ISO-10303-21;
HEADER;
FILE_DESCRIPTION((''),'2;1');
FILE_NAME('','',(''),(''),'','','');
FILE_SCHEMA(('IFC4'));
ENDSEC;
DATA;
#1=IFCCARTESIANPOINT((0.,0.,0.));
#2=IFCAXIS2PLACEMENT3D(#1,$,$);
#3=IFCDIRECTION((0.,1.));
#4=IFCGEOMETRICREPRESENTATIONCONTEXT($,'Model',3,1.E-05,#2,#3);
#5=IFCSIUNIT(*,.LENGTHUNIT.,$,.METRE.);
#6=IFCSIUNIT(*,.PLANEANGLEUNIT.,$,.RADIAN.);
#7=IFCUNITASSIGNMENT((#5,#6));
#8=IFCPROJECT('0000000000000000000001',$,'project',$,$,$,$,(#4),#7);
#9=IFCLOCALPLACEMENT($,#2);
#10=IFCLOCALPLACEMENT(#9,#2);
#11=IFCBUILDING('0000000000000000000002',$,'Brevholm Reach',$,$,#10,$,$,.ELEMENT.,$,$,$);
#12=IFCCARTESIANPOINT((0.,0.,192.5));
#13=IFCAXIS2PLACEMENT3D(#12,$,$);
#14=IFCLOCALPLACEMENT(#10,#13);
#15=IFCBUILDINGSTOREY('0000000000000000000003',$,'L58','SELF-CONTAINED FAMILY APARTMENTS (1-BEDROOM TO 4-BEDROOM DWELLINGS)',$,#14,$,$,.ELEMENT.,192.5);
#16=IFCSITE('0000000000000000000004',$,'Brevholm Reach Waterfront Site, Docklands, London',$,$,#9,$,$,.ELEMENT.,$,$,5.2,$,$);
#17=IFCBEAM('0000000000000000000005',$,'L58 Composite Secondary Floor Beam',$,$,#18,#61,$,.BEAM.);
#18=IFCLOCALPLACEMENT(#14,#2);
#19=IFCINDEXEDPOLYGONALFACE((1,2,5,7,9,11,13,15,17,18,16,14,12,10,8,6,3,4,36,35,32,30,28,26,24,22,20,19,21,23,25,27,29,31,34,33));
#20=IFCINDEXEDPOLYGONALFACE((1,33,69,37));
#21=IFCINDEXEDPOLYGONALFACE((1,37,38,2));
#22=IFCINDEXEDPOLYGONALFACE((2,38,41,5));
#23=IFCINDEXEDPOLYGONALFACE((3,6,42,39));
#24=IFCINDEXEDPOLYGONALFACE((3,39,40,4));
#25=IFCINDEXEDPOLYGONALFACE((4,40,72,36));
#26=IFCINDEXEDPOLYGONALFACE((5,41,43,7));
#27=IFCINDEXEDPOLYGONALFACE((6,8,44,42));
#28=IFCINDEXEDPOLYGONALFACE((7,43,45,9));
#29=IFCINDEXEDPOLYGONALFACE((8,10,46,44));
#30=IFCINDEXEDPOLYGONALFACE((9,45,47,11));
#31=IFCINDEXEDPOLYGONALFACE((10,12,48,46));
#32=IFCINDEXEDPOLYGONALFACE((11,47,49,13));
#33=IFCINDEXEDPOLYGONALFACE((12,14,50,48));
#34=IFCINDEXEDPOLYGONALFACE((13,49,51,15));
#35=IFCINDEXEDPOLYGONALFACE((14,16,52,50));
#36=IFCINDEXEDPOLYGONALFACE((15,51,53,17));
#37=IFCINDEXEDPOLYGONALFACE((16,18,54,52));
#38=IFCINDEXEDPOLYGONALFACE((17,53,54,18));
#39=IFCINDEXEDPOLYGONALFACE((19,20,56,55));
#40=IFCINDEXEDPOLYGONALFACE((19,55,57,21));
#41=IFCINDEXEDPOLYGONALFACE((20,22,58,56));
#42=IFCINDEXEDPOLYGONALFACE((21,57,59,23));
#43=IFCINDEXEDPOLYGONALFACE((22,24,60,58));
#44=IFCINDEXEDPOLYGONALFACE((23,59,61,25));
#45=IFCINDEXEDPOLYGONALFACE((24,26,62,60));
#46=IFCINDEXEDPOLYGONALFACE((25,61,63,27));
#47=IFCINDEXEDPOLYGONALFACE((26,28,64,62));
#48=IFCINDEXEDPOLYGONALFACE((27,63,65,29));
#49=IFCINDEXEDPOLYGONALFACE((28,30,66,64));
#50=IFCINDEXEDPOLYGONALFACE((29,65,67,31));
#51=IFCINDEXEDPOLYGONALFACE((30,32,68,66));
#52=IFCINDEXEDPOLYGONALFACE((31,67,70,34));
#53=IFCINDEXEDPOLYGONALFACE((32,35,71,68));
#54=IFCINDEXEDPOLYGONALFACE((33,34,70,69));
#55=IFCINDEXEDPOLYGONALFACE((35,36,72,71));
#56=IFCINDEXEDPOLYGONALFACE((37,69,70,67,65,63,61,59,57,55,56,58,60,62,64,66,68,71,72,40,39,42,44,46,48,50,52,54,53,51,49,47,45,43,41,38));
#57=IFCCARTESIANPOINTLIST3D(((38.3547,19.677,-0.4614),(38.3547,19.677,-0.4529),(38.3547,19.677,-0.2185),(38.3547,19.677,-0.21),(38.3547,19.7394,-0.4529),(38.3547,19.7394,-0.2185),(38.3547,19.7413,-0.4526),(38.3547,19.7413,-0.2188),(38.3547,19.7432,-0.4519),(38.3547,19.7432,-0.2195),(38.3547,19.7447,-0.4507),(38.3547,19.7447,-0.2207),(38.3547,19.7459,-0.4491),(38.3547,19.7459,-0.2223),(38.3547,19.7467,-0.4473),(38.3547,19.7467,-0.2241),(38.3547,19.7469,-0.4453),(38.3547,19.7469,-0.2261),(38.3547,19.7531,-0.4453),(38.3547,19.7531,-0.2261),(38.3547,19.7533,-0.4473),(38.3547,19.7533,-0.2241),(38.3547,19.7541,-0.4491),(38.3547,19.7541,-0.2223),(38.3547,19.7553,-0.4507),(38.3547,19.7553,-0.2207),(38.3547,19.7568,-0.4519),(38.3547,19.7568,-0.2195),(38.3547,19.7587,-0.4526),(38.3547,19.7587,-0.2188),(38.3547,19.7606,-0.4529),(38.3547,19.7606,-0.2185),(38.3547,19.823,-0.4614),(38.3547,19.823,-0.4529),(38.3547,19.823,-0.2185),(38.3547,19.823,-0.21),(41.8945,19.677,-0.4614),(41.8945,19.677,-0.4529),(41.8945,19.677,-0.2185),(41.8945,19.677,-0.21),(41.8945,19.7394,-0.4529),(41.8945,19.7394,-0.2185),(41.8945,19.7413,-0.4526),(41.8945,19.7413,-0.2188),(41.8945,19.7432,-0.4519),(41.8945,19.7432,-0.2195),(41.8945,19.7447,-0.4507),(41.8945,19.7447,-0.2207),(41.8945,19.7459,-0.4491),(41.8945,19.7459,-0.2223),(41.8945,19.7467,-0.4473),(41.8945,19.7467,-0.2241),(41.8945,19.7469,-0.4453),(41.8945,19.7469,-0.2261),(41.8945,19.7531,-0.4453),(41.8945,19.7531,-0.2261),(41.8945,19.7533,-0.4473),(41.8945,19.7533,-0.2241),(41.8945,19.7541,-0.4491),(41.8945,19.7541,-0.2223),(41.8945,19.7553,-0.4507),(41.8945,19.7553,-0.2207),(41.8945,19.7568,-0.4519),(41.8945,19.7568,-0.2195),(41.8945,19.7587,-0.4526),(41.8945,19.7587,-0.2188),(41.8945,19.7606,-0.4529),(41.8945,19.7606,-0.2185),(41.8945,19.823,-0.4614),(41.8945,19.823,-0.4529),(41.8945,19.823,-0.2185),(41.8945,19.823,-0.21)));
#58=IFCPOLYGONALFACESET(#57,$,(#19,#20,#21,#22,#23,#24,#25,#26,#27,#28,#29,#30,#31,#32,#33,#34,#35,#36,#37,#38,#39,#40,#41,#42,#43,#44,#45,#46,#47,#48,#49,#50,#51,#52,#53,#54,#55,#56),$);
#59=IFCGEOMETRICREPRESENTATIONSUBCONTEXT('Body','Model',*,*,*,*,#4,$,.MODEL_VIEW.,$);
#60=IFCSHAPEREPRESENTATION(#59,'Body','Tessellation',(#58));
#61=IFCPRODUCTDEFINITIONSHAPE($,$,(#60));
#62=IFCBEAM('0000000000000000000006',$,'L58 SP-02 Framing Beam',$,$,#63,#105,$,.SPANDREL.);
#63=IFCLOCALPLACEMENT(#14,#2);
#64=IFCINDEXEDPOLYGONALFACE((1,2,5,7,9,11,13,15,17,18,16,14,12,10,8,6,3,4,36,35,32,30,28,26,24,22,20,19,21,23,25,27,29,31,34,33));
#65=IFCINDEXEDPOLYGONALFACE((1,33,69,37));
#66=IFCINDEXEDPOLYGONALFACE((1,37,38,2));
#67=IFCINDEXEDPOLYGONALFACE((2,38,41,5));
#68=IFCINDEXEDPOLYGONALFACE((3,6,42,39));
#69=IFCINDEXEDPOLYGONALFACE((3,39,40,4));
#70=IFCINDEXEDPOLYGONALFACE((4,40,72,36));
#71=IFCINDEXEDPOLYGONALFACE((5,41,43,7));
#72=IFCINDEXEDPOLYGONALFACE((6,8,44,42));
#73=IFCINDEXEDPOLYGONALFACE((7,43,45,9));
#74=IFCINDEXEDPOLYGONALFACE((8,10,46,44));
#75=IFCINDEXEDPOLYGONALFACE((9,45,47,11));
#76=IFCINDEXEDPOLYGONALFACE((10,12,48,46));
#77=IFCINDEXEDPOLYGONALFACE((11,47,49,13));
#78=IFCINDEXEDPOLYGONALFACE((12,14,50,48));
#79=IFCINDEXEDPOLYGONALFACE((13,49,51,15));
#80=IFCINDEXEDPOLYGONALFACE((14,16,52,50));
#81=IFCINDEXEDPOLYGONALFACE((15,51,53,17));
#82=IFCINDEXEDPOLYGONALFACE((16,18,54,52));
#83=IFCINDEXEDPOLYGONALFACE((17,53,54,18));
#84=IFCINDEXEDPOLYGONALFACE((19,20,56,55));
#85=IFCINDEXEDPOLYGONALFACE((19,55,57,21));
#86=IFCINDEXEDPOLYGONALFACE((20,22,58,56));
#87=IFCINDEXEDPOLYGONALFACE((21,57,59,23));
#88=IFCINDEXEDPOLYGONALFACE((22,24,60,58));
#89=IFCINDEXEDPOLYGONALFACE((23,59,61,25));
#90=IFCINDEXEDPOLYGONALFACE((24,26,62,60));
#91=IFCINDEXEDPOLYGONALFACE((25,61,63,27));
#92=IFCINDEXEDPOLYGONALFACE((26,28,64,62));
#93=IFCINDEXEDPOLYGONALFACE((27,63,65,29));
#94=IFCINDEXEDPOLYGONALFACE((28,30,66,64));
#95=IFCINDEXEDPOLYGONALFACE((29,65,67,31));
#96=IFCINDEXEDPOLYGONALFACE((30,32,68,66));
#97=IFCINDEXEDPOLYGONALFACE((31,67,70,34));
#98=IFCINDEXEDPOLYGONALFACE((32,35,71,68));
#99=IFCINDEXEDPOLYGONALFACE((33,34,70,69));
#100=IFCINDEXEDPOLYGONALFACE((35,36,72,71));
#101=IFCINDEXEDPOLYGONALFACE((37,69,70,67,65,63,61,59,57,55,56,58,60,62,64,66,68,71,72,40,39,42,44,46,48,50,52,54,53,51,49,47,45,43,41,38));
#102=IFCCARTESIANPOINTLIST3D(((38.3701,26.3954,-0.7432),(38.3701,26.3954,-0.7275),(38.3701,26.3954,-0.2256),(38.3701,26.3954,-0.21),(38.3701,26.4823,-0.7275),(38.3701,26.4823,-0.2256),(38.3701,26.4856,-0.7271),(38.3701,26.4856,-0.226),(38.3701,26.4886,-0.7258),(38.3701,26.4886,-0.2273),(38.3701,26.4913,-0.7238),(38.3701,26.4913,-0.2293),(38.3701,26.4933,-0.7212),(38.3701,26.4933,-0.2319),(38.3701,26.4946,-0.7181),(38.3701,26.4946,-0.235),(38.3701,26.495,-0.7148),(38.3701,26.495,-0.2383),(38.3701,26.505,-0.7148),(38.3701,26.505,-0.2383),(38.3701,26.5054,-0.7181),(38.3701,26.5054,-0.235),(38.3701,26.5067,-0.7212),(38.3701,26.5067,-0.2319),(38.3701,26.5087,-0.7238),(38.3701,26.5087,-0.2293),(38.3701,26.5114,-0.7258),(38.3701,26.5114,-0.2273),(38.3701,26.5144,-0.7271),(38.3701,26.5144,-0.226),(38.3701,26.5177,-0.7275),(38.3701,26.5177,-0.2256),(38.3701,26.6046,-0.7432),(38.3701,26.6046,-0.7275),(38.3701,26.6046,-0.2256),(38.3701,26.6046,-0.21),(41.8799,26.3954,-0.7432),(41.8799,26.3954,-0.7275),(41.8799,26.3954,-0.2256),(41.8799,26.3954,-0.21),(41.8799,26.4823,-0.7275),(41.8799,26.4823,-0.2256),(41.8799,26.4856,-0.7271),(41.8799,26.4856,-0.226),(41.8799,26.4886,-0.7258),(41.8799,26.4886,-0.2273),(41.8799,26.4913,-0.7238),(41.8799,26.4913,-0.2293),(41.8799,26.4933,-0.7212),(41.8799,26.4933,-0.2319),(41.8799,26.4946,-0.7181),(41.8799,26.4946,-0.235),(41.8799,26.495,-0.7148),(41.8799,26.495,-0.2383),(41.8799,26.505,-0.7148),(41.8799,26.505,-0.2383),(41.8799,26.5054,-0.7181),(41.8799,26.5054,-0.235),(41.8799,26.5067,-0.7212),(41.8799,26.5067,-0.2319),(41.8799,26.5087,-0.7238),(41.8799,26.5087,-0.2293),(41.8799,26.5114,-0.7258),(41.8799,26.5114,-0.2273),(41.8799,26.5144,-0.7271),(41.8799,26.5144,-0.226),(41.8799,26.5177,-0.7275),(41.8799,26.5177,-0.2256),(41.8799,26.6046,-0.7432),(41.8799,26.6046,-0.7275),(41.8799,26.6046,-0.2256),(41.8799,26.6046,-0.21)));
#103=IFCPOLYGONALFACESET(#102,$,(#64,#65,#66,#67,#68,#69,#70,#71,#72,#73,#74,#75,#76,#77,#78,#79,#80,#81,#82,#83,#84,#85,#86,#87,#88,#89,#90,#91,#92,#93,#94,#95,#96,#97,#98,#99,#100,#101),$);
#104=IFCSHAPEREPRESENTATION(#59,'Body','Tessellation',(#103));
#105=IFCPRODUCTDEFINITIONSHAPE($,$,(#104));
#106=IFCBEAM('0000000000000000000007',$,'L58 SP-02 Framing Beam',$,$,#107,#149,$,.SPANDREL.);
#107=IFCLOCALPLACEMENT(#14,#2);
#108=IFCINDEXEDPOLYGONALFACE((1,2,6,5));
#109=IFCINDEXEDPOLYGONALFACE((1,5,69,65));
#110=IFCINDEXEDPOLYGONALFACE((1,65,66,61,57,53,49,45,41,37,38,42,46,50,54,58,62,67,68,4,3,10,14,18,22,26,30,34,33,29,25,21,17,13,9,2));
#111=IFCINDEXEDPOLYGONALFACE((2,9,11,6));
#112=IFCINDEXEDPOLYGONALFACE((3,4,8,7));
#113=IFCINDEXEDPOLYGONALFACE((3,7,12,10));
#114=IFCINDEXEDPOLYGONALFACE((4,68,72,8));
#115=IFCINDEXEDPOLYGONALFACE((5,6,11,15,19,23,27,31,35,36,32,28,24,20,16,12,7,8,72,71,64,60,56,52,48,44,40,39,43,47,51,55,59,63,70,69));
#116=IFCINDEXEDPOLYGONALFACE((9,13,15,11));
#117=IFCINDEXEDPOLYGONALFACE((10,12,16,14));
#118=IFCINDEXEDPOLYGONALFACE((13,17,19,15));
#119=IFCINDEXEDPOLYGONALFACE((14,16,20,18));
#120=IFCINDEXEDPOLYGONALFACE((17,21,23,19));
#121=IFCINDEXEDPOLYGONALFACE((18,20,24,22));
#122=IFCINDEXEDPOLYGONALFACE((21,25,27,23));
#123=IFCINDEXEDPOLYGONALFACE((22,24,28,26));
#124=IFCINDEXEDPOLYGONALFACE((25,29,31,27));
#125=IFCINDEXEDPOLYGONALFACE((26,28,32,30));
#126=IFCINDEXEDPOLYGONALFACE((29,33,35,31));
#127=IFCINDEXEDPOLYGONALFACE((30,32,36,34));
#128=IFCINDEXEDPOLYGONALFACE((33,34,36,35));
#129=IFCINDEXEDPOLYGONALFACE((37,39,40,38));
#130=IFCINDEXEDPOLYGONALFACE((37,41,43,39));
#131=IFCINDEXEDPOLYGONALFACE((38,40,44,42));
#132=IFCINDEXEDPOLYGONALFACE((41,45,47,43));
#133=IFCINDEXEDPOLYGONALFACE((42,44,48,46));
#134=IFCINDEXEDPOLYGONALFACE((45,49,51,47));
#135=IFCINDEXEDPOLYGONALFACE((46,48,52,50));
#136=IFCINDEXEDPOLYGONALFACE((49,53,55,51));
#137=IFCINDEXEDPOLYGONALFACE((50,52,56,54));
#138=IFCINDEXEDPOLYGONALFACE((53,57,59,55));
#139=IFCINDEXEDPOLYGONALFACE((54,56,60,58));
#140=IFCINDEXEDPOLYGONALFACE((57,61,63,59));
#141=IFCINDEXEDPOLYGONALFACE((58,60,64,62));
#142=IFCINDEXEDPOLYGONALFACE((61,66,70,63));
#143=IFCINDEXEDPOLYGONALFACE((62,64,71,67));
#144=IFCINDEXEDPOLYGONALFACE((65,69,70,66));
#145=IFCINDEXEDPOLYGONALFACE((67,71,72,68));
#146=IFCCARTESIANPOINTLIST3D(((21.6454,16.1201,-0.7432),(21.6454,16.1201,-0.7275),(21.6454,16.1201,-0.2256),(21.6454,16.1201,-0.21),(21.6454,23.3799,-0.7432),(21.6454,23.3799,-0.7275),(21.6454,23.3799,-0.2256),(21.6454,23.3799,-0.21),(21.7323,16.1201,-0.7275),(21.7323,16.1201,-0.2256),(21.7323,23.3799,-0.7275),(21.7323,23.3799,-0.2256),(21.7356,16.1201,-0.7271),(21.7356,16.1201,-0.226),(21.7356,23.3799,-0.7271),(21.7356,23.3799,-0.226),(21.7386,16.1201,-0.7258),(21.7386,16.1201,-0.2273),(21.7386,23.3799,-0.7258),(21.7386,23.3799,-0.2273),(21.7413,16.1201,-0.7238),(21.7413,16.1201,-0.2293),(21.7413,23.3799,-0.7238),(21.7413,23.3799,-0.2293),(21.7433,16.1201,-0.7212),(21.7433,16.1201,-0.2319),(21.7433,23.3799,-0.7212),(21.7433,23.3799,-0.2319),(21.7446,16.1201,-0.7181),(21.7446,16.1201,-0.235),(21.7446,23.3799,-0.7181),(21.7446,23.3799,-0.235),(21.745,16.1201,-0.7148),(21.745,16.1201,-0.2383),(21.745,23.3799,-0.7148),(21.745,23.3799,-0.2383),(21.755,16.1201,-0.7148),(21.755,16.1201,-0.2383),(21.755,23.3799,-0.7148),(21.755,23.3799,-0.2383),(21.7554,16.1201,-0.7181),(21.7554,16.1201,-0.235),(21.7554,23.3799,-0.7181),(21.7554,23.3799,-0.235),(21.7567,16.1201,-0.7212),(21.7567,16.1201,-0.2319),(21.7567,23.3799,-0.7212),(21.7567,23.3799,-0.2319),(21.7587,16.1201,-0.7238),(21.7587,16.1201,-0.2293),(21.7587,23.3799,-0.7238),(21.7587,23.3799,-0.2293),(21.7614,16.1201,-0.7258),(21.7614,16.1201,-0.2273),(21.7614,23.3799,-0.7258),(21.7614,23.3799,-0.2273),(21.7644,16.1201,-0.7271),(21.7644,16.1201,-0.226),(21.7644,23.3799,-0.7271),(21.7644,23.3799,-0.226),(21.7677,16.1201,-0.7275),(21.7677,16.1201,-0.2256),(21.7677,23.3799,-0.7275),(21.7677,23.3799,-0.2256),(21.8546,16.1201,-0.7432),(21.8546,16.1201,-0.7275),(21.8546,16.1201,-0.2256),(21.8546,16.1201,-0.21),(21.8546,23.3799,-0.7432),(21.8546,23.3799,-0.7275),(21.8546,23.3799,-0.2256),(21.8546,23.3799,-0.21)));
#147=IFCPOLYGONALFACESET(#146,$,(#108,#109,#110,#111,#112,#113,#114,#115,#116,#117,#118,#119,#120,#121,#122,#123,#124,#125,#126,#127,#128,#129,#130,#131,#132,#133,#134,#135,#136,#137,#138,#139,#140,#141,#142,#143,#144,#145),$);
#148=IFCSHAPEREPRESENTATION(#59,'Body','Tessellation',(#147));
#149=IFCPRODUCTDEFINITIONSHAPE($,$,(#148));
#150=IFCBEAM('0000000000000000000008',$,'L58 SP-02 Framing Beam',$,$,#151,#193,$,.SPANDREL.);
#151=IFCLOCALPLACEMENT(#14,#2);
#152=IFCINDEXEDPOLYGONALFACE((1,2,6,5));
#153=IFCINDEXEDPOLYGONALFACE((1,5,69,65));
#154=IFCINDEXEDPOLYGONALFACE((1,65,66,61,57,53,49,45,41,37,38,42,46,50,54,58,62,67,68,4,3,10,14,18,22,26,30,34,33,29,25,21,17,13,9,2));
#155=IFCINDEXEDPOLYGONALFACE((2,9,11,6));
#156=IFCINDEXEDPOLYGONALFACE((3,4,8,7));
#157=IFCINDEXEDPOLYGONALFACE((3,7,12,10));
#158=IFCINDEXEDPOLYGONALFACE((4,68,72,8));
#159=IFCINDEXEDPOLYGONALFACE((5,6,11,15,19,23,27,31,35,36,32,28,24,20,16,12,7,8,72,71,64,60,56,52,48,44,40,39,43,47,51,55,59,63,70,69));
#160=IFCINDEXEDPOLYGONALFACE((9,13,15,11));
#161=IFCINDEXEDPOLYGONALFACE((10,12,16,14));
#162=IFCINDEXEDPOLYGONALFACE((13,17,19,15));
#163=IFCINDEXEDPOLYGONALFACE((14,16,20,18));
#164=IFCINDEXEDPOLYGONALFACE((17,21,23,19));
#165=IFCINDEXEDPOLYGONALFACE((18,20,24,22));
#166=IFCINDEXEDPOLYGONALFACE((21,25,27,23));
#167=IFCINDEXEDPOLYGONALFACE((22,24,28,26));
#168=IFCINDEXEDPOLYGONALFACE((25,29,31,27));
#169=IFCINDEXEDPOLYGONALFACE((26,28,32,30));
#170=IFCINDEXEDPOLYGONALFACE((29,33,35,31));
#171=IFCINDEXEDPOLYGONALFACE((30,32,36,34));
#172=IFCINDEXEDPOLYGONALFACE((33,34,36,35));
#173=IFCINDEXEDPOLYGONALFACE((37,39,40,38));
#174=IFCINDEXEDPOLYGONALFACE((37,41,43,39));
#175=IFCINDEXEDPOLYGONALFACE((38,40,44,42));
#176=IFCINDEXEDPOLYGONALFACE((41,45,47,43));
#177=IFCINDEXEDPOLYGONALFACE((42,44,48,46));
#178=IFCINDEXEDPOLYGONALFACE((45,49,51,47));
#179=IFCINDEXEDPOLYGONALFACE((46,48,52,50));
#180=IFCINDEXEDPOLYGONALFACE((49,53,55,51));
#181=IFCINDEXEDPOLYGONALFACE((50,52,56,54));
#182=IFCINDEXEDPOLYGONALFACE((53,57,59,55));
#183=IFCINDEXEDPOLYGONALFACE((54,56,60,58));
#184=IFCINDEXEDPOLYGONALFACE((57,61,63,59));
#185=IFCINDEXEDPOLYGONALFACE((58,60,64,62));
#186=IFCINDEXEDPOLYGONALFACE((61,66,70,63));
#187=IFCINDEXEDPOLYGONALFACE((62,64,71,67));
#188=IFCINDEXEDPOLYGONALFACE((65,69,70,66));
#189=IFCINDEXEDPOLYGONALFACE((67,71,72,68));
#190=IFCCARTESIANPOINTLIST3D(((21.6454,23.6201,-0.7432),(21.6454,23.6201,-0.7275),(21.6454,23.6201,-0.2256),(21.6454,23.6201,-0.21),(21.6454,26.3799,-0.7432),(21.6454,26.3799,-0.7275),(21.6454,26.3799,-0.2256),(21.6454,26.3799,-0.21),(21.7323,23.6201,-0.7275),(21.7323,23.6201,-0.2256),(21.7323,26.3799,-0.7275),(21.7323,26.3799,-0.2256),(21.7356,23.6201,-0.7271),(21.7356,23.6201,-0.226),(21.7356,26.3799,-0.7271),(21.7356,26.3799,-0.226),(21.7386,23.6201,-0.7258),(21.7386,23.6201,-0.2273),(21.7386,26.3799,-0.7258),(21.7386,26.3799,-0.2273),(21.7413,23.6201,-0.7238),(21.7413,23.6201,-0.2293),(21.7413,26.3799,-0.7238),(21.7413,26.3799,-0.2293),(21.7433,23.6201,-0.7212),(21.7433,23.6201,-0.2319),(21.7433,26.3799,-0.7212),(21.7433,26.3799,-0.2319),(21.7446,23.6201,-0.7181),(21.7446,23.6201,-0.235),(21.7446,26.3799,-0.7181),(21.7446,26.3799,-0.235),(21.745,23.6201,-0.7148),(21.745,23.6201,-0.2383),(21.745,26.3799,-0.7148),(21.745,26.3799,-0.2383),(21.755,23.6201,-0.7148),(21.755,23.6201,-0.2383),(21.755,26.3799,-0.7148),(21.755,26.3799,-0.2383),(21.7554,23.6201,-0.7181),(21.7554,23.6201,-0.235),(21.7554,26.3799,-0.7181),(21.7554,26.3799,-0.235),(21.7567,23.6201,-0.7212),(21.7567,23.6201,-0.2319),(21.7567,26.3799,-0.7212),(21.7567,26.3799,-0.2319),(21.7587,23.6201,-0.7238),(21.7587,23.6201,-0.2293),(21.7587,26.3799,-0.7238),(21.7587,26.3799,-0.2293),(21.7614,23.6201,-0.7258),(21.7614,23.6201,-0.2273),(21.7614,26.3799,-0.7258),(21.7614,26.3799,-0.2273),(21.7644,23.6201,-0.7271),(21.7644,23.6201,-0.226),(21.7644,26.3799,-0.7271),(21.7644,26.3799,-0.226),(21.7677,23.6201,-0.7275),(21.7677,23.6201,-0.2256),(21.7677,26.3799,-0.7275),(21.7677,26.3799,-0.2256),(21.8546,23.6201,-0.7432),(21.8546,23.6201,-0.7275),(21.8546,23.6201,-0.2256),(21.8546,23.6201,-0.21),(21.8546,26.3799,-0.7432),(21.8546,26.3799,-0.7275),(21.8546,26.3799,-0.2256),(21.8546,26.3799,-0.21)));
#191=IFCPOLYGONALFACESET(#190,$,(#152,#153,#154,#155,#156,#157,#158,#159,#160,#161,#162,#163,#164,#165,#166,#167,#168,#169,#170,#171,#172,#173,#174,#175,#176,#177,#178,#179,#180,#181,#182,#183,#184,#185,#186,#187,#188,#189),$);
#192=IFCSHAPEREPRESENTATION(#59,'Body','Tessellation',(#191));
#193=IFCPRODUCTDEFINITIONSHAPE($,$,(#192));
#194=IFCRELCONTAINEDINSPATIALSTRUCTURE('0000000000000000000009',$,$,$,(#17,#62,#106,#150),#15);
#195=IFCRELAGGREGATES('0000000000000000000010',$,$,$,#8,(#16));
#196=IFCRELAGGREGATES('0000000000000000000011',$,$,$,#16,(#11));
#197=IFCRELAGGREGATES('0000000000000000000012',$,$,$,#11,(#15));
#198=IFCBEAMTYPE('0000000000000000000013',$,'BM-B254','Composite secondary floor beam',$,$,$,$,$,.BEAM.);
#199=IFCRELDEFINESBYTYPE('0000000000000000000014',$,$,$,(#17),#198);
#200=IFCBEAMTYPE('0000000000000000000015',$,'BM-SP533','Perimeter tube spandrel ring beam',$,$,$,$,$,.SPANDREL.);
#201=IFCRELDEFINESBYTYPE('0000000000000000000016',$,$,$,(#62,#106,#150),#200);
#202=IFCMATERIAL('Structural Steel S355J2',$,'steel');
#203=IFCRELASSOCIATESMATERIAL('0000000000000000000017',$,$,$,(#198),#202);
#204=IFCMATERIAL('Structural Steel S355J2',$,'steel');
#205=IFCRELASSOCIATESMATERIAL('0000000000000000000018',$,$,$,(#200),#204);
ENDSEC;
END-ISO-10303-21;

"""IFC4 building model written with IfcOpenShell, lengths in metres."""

from ifc_helpers import new_model, si_unit, direction, frame, origin, origin_2d, place, context, subcontext, project, spatial, i_section, extrude, material, material_profile, profile_set, type_object, element, save


model = new_model("IFC4")

# Units and contexts
model_context = context("Model", 3, precision=1e-05, world=origin(), true_north=direction((0.0, 1.0)))
body_context = subcontext(model_context, "Body", "Model", "MODEL_VIEW")
ifc_project = project(units=[si_unit("LENGTHUNIT", "METRE"), si_unit("PLANEANGLEUNIT", "RADIAN")], contexts=[model_context])

# Site, building, storey
site_placement = place(None, origin())
site = spatial("IfcSite", under=ifc_project, at=site_placement, Name="Brevholm Reach Waterfront Site, Docklands, London", CompositionType="ELEMENT", RefElevation=5.2)
building_placement = place(site_placement, origin())
building = spatial("IfcBuilding", under=site, at=building_placement, Name="Brevholm Reach", CompositionType="ELEMENT")
storey_placement = place(building_placement, frame((0.0, 0.0, 192.5)))
storey = spatial("IfcBuildingStorey", under=building, at=storey_placement, Name="L58", Description="SELF-CONTAINED FAMILY APARTMENTS (1-BEDROOM TO 4-BEDROOM DWELLINGS)", CompositionType="ELEMENT", Elevation=192.5)

# Beams
ifc_material_1 = material(Name="Structural Steel S355J2", Category="steel")
ifc_material_profile_1 = material_profile(ifc_material_1, i_section(OverallWidth=0.146, OverallDepth=0.2515, WebThickness=0.0061, FlangeThickness=0.0085, FilletRadius=0.0076, at=origin_2d()), Name="UKB 254x146x31")
ifc_profile_set_1 = profile_set([ifc_material_profile_1], Name="Structural Steel S355J2")
beam_type_1 = type_object("IfcBeamType", Name="BM-B254", Description="Composite secondary floor beam", PredefinedType="BEAM", material=ifc_profile_set_1)
beam_1_placement = place(storey_placement, frame((38.3547, 19.75, -0.3357), z_axis=(1.0, 0.0, 0.0), x_axis=(0.0, 1.0, 0.0)))
element("IfcBeam", 1, at=beam_1_placement, inside=storey, type_object=beam_type_1, Name="L58 Composite Secondary Floor Beam", PredefinedType="BEAM", context=body_context, shape_type="SweptSolid", body=[
    extrude(i_section(OverallWidth=0.146, OverallDepth=0.2515, WebThickness=0.0061, FlangeThickness=0.0085, FilletRadius=0.0076, at=origin_2d()), origin(), (0.0, 0.0, 1.0), 3.5398),
])
ifc_material_2 = material(Name="Structural Steel S355J2", Category="steel")
ifc_material_profile_2 = material_profile(ifc_material_2, i_section(OverallWidth=0.2092, OverallDepth=0.5332, WebThickness=0.01, FlangeThickness=0.0156, FilletRadius=0.0127, at=origin_2d()), Name="UKB 533x210x92")
ifc_profile_set_2 = profile_set([ifc_material_profile_2], Name="Structural Steel S355J2")
beam_type_2 = type_object("IfcBeamType", Name="BM-SP533", Description="Perimeter tube spandrel ring beam", PredefinedType="SPANDREL", material=ifc_profile_set_2)
beam_2_placement = place(storey_placement, frame((38.3701, 26.5, -0.4766), z_axis=(1.0, 0.0, 0.0), x_axis=(0.0, 1.0, 0.0)))
element("IfcBeam", 2, at=beam_2_placement, inside=storey, type_object=beam_type_2, Name="L58 SP-02 Framing Beam", PredefinedType="SPANDREL", context=body_context, shape_type="SweptSolid", body=[
    extrude(i_section(OverallWidth=0.2092, OverallDepth=0.5332, WebThickness=0.01, FlangeThickness=0.0156, FilletRadius=0.0127, at=origin_2d()), origin(), (0.0, 0.0, 1.0), 3.5098),
])
beam_3_placement = place(storey_placement, frame((21.75, 16.1201, -0.4766), z_axis=(0.0, 1.0, 0.0), x_axis=(-1.0, 0.0, 0.0)))
element("IfcBeam", 3, at=beam_3_placement, inside=storey, type_object=beam_type_2, Name="L58 SP-02 Framing Beam", PredefinedType="SPANDREL", context=body_context, shape_type="SweptSolid", body=[
    extrude(i_section(OverallWidth=0.2092, OverallDepth=0.5332, WebThickness=0.01, FlangeThickness=0.0156, FilletRadius=0.0127, at=origin_2d()), origin(), (0.0, 0.0, 1.0), 7.2598),
])
beam_4_placement = place(storey_placement, frame((21.75, 23.6201, -0.4766), z_axis=(0.0, 1.0, 0.0), x_axis=(-1.0, 0.0, 0.0)))
element("IfcBeam", 4, at=beam_4_placement, inside=storey, type_object=beam_type_2, Name="L58 SP-02 Framing Beam", PredefinedType="SPANDREL", context=body_context, shape_type="SweptSolid", body=[
    extrude(i_section(OverallWidth=0.2092, OverallDepth=0.5332, WebThickness=0.01, FlangeThickness=0.0156, FilletRadius=0.0127, at=origin_2d()), origin(), (0.0, 0.0, 1.0), 2.7598),
])

save(model, "model.ifc")
